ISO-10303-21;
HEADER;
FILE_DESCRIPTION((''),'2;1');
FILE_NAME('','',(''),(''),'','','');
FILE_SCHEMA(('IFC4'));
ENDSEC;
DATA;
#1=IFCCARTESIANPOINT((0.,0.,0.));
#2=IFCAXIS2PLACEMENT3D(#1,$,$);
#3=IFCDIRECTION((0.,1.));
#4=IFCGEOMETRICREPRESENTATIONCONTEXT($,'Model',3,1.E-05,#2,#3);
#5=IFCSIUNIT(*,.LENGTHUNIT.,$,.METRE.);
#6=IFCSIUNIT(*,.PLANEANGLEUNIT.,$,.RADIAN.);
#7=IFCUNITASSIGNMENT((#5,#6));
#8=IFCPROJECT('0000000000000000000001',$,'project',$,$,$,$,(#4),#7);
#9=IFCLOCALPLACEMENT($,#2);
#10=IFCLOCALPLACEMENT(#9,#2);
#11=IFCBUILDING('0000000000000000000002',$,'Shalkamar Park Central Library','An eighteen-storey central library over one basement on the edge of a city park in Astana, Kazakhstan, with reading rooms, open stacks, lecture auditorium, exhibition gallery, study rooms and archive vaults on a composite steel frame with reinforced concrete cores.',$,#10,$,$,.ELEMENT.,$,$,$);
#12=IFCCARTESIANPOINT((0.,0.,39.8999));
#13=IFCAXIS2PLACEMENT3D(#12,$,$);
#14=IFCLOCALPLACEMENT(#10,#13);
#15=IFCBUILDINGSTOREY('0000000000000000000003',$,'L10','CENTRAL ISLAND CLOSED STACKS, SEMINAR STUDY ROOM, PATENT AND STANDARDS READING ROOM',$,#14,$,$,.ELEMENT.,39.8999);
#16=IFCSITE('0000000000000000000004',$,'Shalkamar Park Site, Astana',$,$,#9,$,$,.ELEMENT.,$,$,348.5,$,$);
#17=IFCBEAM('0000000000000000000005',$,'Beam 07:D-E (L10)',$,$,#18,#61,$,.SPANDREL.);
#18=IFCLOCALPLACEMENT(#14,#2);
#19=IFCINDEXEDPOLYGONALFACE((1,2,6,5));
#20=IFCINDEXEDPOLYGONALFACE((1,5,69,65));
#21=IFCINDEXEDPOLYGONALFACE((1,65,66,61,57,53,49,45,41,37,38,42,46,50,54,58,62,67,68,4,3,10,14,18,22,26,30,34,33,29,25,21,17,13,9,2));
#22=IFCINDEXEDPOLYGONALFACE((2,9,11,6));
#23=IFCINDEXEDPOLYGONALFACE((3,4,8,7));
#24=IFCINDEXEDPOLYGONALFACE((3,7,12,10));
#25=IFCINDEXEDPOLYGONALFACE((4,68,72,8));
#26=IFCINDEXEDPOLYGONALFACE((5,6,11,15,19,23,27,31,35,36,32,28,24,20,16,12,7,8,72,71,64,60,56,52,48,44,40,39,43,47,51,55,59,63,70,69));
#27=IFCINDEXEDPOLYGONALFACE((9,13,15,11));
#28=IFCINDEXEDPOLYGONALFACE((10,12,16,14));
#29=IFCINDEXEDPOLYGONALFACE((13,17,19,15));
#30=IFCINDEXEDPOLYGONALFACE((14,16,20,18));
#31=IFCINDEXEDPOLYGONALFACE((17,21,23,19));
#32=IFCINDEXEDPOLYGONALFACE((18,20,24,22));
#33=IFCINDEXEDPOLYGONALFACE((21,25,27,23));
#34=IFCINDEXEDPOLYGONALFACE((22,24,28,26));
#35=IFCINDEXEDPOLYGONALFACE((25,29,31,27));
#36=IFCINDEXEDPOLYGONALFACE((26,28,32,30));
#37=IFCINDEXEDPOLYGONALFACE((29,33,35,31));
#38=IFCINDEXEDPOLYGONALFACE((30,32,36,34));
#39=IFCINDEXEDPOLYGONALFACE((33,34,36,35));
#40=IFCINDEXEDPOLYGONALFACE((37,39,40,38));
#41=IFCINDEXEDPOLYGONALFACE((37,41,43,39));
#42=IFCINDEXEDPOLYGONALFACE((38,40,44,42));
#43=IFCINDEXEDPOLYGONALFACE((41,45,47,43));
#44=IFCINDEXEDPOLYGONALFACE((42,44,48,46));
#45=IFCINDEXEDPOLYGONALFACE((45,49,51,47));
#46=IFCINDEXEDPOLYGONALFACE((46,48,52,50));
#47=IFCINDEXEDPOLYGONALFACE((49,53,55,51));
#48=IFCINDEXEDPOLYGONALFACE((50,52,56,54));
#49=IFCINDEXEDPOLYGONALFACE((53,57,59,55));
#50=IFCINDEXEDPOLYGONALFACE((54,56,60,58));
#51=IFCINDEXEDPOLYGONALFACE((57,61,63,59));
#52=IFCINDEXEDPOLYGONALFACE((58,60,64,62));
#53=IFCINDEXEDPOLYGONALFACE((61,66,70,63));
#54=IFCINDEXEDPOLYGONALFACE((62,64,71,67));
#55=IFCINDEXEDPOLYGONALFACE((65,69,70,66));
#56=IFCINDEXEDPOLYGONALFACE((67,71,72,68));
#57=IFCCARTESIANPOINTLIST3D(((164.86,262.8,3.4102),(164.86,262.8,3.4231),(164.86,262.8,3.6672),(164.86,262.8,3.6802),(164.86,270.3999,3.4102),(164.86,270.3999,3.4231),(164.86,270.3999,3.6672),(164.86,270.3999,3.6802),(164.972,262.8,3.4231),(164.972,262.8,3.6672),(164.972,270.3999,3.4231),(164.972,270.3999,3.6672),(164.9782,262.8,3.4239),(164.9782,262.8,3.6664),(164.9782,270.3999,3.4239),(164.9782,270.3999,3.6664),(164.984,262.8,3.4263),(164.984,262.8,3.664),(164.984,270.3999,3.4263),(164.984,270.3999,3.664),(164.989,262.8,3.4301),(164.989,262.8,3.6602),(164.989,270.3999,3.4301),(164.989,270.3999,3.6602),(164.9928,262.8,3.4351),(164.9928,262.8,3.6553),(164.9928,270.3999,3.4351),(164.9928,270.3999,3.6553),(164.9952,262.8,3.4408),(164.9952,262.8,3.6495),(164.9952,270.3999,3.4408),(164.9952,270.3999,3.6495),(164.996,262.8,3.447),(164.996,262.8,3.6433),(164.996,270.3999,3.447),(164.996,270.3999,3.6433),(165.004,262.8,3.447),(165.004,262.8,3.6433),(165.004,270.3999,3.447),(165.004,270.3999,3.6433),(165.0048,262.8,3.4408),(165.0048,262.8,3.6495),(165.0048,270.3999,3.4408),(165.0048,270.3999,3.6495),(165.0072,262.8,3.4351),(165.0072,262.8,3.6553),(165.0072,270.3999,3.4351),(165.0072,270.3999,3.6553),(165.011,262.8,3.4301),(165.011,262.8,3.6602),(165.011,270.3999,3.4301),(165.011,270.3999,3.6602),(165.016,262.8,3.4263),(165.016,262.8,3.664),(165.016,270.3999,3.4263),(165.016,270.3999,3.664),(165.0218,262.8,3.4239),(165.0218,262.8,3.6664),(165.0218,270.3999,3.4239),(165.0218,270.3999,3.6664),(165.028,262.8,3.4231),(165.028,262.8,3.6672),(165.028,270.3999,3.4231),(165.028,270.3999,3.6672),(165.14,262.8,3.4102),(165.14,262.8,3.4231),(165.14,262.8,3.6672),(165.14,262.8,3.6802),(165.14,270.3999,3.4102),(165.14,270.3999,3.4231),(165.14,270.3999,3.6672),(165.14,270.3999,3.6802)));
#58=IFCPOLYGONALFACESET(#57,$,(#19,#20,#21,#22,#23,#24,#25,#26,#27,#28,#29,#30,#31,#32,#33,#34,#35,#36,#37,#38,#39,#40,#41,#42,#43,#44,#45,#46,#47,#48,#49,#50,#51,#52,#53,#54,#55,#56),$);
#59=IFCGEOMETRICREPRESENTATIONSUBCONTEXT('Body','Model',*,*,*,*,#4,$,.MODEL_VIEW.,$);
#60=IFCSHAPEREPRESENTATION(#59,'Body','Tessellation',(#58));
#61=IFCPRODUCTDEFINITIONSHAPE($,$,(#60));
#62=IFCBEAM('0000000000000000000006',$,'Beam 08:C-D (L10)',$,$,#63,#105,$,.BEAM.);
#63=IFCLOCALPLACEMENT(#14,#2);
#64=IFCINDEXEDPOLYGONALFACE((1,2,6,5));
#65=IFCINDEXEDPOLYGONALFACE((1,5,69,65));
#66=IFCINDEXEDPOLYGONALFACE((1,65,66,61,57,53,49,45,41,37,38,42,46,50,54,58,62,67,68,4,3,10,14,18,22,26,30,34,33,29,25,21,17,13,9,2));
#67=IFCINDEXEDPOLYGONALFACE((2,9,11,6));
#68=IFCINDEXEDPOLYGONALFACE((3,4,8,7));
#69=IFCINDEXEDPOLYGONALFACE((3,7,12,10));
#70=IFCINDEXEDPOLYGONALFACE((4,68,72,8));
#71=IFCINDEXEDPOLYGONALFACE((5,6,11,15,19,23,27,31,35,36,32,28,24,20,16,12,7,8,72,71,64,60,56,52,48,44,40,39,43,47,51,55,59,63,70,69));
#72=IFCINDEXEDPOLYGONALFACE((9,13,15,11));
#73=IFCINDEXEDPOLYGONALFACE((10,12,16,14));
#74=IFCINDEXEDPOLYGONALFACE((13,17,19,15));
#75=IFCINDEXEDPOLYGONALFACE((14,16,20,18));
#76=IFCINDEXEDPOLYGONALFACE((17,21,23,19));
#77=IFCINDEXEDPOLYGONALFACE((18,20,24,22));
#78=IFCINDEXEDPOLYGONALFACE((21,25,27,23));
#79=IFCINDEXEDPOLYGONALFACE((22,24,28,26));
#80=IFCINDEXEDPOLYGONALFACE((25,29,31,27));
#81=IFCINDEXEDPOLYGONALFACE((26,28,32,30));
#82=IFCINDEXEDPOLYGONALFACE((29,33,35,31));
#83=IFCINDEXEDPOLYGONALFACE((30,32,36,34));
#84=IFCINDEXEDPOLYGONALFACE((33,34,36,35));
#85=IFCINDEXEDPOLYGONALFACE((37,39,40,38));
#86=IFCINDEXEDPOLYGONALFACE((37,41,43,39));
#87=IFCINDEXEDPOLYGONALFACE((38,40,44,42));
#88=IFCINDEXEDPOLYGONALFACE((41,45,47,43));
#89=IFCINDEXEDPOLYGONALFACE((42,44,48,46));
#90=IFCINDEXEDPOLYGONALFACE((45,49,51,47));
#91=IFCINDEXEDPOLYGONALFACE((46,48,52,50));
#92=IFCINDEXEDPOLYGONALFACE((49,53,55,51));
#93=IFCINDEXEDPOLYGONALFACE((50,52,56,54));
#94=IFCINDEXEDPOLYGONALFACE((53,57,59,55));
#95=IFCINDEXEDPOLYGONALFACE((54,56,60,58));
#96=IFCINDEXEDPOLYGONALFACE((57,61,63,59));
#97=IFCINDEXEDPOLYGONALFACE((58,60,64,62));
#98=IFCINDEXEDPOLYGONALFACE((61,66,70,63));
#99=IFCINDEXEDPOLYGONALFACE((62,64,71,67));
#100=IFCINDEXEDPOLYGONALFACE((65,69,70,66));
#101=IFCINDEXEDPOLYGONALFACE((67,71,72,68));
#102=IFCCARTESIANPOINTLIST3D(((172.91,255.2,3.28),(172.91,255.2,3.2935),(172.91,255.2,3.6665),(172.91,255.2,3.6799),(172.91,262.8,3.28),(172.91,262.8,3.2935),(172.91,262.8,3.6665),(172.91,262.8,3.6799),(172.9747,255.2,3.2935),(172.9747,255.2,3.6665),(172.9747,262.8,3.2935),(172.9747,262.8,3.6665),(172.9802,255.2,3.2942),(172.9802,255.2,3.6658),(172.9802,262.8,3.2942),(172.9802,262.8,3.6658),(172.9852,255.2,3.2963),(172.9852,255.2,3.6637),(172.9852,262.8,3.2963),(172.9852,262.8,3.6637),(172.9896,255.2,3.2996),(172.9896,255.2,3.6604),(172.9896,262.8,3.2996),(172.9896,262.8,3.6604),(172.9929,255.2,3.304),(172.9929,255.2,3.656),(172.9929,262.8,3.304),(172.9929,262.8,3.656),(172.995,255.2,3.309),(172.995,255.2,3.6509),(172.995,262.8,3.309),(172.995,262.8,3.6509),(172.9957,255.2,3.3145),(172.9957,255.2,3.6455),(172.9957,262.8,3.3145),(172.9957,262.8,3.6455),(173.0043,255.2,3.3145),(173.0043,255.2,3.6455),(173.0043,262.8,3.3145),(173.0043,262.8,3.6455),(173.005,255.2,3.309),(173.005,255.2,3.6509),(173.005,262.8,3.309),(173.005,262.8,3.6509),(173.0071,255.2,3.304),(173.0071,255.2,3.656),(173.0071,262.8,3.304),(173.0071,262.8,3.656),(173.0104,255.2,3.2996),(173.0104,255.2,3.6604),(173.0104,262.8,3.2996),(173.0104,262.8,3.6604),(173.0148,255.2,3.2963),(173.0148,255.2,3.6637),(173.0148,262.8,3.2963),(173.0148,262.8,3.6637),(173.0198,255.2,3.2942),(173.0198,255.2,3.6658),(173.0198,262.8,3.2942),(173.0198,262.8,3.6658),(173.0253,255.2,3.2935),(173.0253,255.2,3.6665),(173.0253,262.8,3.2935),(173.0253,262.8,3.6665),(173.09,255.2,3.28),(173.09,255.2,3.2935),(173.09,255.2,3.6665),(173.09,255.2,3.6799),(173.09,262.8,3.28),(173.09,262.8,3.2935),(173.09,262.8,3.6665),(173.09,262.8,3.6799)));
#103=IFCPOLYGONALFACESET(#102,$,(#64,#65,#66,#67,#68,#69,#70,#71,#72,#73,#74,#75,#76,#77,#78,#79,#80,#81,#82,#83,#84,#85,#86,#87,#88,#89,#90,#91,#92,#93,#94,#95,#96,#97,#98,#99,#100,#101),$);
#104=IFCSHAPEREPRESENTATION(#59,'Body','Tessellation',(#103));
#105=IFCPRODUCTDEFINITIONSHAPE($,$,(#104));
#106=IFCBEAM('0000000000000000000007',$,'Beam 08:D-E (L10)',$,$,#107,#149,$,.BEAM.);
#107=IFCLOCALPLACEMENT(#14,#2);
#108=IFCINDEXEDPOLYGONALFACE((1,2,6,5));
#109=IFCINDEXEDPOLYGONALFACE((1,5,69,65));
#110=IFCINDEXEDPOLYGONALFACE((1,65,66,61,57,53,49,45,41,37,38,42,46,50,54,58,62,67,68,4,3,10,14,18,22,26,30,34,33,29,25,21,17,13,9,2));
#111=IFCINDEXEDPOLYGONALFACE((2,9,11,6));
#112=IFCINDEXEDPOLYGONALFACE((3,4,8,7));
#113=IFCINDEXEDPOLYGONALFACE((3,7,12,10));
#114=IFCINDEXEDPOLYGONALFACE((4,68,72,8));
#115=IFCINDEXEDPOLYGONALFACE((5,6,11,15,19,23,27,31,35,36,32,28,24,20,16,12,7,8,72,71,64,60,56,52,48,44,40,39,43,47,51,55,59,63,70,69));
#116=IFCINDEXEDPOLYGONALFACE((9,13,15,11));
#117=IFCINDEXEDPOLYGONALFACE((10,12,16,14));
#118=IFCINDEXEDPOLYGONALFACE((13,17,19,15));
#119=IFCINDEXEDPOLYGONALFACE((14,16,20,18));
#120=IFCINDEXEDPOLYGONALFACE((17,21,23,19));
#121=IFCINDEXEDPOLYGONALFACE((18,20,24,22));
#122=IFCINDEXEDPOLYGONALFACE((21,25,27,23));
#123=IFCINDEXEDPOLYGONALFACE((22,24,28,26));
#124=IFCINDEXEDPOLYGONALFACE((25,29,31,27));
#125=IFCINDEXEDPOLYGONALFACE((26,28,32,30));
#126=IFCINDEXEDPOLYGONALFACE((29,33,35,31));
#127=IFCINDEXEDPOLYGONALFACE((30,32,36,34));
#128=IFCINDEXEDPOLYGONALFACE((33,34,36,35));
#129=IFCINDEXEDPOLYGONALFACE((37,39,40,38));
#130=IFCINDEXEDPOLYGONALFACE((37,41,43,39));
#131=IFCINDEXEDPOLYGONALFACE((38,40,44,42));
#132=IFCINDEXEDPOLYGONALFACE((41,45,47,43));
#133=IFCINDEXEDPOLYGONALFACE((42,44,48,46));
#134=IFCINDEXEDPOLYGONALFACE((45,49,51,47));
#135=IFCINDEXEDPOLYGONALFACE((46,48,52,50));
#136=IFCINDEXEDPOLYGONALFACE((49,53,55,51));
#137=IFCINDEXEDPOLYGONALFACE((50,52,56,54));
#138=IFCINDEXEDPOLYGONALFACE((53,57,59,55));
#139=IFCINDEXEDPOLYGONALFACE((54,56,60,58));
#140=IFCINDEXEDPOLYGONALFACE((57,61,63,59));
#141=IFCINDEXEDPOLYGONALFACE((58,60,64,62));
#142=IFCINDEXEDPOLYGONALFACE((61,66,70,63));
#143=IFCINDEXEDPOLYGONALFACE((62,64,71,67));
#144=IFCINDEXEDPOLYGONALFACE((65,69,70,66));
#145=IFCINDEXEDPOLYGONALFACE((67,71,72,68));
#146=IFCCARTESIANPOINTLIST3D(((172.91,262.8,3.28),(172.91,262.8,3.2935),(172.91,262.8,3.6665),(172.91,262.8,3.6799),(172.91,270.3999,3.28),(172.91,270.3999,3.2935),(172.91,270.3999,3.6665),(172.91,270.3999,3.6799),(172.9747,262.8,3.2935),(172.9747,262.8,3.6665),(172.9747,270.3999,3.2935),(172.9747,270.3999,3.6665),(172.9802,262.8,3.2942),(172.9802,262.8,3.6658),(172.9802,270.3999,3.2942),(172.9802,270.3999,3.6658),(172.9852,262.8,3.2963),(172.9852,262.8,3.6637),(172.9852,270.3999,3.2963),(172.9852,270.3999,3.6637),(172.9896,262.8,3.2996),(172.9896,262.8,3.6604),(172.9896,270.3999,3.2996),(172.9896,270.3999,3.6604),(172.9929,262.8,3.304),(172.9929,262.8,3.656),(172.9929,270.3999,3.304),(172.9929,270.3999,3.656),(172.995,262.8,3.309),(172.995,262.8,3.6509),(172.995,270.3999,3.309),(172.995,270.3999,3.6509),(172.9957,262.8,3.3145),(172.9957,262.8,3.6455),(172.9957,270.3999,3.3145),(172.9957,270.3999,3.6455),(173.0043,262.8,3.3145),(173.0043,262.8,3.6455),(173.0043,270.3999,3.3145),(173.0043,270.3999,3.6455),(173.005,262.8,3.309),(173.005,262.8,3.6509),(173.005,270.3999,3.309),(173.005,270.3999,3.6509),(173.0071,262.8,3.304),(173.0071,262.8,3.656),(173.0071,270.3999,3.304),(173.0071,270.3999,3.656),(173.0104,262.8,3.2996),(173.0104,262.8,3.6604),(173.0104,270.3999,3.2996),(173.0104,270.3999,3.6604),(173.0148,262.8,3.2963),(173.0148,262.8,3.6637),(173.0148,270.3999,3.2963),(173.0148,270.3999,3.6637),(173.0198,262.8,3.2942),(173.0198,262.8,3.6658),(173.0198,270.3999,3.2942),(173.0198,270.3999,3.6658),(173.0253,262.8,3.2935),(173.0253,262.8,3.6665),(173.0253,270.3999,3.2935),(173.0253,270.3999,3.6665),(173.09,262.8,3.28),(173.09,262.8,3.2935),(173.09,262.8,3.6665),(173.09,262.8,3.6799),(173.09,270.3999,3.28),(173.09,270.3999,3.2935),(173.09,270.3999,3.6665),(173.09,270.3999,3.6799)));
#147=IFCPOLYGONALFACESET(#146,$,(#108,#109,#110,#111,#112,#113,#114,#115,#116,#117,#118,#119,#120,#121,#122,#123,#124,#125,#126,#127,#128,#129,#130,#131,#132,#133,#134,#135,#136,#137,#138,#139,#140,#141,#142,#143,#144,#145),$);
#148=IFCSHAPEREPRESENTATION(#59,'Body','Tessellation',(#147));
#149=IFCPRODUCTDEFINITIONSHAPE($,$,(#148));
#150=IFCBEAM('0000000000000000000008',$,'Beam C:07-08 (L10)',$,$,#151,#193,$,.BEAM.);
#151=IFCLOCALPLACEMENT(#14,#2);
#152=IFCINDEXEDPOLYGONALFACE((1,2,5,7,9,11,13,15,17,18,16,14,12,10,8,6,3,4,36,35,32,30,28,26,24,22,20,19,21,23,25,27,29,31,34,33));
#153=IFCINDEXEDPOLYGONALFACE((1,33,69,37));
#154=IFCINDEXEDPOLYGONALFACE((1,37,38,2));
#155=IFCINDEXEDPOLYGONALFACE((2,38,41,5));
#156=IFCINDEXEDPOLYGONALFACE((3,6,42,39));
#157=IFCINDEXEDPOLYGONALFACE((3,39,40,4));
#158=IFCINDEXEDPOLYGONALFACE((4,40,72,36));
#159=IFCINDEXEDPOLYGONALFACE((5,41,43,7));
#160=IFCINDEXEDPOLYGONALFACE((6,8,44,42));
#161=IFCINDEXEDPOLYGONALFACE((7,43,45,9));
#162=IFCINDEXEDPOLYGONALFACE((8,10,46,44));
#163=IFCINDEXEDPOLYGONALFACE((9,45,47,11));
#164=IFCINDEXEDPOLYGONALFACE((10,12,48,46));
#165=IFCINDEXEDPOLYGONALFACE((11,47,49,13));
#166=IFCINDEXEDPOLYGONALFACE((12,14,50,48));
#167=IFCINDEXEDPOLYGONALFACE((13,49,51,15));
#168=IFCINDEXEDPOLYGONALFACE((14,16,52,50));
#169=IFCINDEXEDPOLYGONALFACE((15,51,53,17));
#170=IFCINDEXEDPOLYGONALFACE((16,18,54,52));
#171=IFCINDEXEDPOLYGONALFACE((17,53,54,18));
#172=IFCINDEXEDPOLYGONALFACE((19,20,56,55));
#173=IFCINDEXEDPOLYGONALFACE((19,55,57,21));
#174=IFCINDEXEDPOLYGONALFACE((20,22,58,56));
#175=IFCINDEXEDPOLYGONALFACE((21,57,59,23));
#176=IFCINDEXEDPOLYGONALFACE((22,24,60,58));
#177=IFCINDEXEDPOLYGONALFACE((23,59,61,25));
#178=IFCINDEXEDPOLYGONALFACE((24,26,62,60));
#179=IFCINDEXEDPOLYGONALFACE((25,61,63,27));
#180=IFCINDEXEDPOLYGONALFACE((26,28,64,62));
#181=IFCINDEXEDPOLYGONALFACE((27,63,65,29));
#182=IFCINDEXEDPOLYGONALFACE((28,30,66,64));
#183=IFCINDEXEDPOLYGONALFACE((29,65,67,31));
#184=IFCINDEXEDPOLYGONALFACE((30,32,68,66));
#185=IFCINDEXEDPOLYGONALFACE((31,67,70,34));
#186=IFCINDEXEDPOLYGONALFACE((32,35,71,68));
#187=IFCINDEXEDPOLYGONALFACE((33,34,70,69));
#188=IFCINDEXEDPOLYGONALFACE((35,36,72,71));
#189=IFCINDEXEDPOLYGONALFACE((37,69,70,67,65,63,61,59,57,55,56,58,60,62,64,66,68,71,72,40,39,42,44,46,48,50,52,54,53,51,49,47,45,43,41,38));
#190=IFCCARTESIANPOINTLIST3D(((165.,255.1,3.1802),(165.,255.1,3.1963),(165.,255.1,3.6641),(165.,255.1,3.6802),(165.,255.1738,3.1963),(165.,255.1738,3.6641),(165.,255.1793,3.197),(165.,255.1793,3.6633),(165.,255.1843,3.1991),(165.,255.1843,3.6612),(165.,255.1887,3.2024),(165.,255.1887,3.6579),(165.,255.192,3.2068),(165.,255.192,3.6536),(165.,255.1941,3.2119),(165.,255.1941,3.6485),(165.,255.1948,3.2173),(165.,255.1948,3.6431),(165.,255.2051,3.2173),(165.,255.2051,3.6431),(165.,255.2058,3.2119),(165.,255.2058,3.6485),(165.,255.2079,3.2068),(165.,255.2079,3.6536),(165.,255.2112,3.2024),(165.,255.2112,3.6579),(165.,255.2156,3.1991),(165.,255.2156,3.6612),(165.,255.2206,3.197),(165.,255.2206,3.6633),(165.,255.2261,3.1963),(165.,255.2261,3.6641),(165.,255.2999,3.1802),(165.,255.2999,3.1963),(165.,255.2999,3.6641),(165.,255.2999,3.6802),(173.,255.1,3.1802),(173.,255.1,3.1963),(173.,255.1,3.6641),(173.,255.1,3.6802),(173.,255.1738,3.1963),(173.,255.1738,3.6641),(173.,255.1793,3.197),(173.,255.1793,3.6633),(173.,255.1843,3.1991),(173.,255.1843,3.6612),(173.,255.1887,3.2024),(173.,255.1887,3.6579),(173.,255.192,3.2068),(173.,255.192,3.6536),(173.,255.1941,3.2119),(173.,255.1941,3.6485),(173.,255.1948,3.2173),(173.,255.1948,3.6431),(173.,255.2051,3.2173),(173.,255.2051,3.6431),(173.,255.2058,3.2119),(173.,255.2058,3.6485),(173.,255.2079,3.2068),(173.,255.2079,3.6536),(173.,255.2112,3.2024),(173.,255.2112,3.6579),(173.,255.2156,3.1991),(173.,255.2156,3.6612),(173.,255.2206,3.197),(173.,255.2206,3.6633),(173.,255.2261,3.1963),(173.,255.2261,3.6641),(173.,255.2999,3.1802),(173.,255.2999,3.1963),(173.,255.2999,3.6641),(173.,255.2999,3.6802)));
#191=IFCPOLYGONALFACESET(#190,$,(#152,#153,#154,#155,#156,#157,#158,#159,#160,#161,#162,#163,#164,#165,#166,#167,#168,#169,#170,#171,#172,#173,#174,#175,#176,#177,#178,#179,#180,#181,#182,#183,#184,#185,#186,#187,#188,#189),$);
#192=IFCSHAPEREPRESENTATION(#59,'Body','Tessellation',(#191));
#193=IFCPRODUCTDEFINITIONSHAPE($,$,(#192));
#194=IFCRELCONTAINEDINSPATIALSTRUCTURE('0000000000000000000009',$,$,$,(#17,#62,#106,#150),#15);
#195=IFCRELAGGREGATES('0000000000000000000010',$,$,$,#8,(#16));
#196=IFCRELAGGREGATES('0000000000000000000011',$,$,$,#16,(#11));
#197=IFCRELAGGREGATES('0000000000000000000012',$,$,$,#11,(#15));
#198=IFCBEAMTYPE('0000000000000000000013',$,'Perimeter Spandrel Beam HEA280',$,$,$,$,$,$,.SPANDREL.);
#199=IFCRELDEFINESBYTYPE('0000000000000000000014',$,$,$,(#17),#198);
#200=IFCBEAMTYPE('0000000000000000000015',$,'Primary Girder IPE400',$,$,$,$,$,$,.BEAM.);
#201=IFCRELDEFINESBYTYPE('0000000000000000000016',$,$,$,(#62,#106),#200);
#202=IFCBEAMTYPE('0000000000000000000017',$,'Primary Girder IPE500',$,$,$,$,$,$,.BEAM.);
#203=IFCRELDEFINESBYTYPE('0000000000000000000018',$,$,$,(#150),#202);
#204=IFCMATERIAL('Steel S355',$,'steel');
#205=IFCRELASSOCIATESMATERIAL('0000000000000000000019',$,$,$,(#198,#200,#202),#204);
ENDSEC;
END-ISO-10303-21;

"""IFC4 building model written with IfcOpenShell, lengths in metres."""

from ifc_helpers import new_model, si_unit, direction, frame, origin, origin_2d, place, context, subcontext, project, spatial, i_section, extrude, material, material_profile, profile_set, type_object, element, save


model = new_model("IFC4")

# Units and contexts
model_context = context("Model", 3, precision=1e-05, world=origin(), true_north=direction((0.0, 1.0)))
body_context = subcontext(model_context, "Body", "Model", "MODEL_VIEW")
ifc_project = project(units=[si_unit("LENGTHUNIT", "METRE"), si_unit("PLANEANGLEUNIT", "RADIAN")], contexts=[model_context])

# Site, building, storey
site_placement = place(None, origin())
site = spatial("IfcSite", under=ifc_project, at=site_placement, Name="Shalkamar Park Site, Astana", CompositionType="ELEMENT", RefElevation=348.5)
building_placement = place(site_placement, origin())
building = spatial("IfcBuilding", under=site, at=building_placement, Name="Shalkamar Park Central Library", Description="An eighteen-storey central library over one basement on the edge of a city park in Astana, Kazakhstan, with reading rooms, open stacks, lecture auditorium, exhibition gallery, study rooms and archive vaults on a composite steel frame with reinforced concrete cores.", CompositionType="ELEMENT")
storey_placement = place(building_placement, frame((0.0, 0.0, 39.8999)))
storey = spatial("IfcBuildingStorey", under=building, at=storey_placement, Name="L10", Description="CENTRAL ISLAND CLOSED STACKS, SEMINAR STUDY ROOM, PATENT AND STANDARDS READING ROOM", CompositionType="ELEMENT", Elevation=39.8999)

# Shared definitions
ifc_material_1 = material(Name="Steel S355", Category="steel")

# Beams
ifc_material_profile_1 = material_profile(ifc_material_1, i_section(OverallWidth=0.28, OverallDepth=0.27, WebThickness=0.0081, FlangeThickness=0.0129, FilletRadius=0.0239, at=origin_2d()), Name="HEA 280")
ifc_profile_set_1 = profile_set([ifc_material_profile_1], Name="Steel S355")
beam_type_1 = type_object("IfcBeamType", Name="Perimeter Spandrel Beam HEA280", PredefinedType="SPANDREL", material=ifc_profile_set_1)
beam_1_placement = place(storey_placement, frame((165.0, 262.8, 3.5452), z_axis=(0.0, 1.0, 0.0), x_axis=(-1.0, 0.0, 0.0)))
element("IfcBeam", 1, at=beam_1_placement, inside=storey, type_object=beam_type_1, Name="Beam 07:D-E (L10)", PredefinedType="SPANDREL", context=body_context, shape_type="SweptSolid", body=[
    extrude(i_section(OverallWidth=0.28, OverallDepth=0.27, WebThickness=0.0081, FlangeThickness=0.0129, FilletRadius=0.0239, at=origin_2d()), origin(), (0.0, 0.0, 1.0), 7.5999),
])
ifc_material_profile_2 = material_profile(ifc_material_1, i_section(OverallWidth=0.1799, OverallDepth=0.3999, WebThickness=0.0085, FlangeThickness=0.0134, FilletRadius=0.021, at=origin_2d()), Name="IPE 400")
ifc_profile_set_2 = profile_set([ifc_material_profile_2], Name="Steel S355")
beam_type_2 = type_object("IfcBeamType", Name="Primary Girder IPE400", PredefinedType="BEAM", material=ifc_profile_set_2)
beam_2_placement = place(storey_placement, frame((173.0, 255.2, 3.48), z_axis=(0.0, 1.0, 0.0), x_axis=(-1.0, 0.0, 0.0)))
element("IfcBeam", 2, at=beam_2_placement, inside=storey, type_object=beam_type_2, Name="Beam 08:C-D (L10)", PredefinedType="BEAM", context=body_context, shape_type="SweptSolid", body=[
    extrude(i_section(OverallWidth=0.1799, OverallDepth=0.3999, WebThickness=0.0085, FlangeThickness=0.0134, FilletRadius=0.021, at=origin_2d()), origin(), (0.0, 0.0, 1.0), 7.6001),
])
beam_3_placement = place(storey_placement, frame((173.0, 262.8, 3.48), z_axis=(0.0, 1.0, 0.0), x_axis=(-1.0, 0.0, 0.0)))
element("IfcBeam", 3, at=beam_3_placement, inside=storey, type_object=beam_type_2, Name="Beam 08:D-E (L10)", PredefinedType="BEAM", context=body_context, shape_type="SweptSolid", body=[
    extrude(i_section(OverallWidth=0.1799, OverallDepth=0.3999, WebThickness=0.0085, FlangeThickness=0.0134, FilletRadius=0.021, at=origin_2d()), origin(), (0.0, 0.0, 1.0), 7.5999),
])
ifc_material_profile_3 = material_profile(ifc_material_1, i_section(OverallWidth=0.2, OverallDepth=0.5, WebThickness=0.0103, FlangeThickness=0.0161, FilletRadius=0.021, at=origin_2d()), Name="IPE 500")
ifc_profile_set_3 = profile_set([ifc_material_profile_3], Name="Steel S355")
beam_type_3 = type_object("IfcBeamType", Name="Primary Girder IPE500", PredefinedType="BEAM", material=ifc_profile_set_3)
for number, where, z_axis, x_axis, name in (
    (4, (165.0, 255.2, 3.4302), (1.0, 0.0, 0.0), (0.0, 1.0, 0.0), "Beam C:07-08 (L10)"),
):
    element("IfcBeam", number, at=place(storey_placement, frame(where, z_axis=z_axis, x_axis=x_axis)), inside=storey, type_object=beam_type_3, Name=name, PredefinedType="BEAM", context=body_context, shape_type="SweptSolid", body=[
        extrude(i_section(OverallWidth=0.2, OverallDepth=0.5, WebThickness=0.0103, FlangeThickness=0.0161, FilletRadius=0.021, at=origin_2d()), origin(), (0.0, 0.0, 1.0), 8.0),
    ])

save(model, "model.ifc")
